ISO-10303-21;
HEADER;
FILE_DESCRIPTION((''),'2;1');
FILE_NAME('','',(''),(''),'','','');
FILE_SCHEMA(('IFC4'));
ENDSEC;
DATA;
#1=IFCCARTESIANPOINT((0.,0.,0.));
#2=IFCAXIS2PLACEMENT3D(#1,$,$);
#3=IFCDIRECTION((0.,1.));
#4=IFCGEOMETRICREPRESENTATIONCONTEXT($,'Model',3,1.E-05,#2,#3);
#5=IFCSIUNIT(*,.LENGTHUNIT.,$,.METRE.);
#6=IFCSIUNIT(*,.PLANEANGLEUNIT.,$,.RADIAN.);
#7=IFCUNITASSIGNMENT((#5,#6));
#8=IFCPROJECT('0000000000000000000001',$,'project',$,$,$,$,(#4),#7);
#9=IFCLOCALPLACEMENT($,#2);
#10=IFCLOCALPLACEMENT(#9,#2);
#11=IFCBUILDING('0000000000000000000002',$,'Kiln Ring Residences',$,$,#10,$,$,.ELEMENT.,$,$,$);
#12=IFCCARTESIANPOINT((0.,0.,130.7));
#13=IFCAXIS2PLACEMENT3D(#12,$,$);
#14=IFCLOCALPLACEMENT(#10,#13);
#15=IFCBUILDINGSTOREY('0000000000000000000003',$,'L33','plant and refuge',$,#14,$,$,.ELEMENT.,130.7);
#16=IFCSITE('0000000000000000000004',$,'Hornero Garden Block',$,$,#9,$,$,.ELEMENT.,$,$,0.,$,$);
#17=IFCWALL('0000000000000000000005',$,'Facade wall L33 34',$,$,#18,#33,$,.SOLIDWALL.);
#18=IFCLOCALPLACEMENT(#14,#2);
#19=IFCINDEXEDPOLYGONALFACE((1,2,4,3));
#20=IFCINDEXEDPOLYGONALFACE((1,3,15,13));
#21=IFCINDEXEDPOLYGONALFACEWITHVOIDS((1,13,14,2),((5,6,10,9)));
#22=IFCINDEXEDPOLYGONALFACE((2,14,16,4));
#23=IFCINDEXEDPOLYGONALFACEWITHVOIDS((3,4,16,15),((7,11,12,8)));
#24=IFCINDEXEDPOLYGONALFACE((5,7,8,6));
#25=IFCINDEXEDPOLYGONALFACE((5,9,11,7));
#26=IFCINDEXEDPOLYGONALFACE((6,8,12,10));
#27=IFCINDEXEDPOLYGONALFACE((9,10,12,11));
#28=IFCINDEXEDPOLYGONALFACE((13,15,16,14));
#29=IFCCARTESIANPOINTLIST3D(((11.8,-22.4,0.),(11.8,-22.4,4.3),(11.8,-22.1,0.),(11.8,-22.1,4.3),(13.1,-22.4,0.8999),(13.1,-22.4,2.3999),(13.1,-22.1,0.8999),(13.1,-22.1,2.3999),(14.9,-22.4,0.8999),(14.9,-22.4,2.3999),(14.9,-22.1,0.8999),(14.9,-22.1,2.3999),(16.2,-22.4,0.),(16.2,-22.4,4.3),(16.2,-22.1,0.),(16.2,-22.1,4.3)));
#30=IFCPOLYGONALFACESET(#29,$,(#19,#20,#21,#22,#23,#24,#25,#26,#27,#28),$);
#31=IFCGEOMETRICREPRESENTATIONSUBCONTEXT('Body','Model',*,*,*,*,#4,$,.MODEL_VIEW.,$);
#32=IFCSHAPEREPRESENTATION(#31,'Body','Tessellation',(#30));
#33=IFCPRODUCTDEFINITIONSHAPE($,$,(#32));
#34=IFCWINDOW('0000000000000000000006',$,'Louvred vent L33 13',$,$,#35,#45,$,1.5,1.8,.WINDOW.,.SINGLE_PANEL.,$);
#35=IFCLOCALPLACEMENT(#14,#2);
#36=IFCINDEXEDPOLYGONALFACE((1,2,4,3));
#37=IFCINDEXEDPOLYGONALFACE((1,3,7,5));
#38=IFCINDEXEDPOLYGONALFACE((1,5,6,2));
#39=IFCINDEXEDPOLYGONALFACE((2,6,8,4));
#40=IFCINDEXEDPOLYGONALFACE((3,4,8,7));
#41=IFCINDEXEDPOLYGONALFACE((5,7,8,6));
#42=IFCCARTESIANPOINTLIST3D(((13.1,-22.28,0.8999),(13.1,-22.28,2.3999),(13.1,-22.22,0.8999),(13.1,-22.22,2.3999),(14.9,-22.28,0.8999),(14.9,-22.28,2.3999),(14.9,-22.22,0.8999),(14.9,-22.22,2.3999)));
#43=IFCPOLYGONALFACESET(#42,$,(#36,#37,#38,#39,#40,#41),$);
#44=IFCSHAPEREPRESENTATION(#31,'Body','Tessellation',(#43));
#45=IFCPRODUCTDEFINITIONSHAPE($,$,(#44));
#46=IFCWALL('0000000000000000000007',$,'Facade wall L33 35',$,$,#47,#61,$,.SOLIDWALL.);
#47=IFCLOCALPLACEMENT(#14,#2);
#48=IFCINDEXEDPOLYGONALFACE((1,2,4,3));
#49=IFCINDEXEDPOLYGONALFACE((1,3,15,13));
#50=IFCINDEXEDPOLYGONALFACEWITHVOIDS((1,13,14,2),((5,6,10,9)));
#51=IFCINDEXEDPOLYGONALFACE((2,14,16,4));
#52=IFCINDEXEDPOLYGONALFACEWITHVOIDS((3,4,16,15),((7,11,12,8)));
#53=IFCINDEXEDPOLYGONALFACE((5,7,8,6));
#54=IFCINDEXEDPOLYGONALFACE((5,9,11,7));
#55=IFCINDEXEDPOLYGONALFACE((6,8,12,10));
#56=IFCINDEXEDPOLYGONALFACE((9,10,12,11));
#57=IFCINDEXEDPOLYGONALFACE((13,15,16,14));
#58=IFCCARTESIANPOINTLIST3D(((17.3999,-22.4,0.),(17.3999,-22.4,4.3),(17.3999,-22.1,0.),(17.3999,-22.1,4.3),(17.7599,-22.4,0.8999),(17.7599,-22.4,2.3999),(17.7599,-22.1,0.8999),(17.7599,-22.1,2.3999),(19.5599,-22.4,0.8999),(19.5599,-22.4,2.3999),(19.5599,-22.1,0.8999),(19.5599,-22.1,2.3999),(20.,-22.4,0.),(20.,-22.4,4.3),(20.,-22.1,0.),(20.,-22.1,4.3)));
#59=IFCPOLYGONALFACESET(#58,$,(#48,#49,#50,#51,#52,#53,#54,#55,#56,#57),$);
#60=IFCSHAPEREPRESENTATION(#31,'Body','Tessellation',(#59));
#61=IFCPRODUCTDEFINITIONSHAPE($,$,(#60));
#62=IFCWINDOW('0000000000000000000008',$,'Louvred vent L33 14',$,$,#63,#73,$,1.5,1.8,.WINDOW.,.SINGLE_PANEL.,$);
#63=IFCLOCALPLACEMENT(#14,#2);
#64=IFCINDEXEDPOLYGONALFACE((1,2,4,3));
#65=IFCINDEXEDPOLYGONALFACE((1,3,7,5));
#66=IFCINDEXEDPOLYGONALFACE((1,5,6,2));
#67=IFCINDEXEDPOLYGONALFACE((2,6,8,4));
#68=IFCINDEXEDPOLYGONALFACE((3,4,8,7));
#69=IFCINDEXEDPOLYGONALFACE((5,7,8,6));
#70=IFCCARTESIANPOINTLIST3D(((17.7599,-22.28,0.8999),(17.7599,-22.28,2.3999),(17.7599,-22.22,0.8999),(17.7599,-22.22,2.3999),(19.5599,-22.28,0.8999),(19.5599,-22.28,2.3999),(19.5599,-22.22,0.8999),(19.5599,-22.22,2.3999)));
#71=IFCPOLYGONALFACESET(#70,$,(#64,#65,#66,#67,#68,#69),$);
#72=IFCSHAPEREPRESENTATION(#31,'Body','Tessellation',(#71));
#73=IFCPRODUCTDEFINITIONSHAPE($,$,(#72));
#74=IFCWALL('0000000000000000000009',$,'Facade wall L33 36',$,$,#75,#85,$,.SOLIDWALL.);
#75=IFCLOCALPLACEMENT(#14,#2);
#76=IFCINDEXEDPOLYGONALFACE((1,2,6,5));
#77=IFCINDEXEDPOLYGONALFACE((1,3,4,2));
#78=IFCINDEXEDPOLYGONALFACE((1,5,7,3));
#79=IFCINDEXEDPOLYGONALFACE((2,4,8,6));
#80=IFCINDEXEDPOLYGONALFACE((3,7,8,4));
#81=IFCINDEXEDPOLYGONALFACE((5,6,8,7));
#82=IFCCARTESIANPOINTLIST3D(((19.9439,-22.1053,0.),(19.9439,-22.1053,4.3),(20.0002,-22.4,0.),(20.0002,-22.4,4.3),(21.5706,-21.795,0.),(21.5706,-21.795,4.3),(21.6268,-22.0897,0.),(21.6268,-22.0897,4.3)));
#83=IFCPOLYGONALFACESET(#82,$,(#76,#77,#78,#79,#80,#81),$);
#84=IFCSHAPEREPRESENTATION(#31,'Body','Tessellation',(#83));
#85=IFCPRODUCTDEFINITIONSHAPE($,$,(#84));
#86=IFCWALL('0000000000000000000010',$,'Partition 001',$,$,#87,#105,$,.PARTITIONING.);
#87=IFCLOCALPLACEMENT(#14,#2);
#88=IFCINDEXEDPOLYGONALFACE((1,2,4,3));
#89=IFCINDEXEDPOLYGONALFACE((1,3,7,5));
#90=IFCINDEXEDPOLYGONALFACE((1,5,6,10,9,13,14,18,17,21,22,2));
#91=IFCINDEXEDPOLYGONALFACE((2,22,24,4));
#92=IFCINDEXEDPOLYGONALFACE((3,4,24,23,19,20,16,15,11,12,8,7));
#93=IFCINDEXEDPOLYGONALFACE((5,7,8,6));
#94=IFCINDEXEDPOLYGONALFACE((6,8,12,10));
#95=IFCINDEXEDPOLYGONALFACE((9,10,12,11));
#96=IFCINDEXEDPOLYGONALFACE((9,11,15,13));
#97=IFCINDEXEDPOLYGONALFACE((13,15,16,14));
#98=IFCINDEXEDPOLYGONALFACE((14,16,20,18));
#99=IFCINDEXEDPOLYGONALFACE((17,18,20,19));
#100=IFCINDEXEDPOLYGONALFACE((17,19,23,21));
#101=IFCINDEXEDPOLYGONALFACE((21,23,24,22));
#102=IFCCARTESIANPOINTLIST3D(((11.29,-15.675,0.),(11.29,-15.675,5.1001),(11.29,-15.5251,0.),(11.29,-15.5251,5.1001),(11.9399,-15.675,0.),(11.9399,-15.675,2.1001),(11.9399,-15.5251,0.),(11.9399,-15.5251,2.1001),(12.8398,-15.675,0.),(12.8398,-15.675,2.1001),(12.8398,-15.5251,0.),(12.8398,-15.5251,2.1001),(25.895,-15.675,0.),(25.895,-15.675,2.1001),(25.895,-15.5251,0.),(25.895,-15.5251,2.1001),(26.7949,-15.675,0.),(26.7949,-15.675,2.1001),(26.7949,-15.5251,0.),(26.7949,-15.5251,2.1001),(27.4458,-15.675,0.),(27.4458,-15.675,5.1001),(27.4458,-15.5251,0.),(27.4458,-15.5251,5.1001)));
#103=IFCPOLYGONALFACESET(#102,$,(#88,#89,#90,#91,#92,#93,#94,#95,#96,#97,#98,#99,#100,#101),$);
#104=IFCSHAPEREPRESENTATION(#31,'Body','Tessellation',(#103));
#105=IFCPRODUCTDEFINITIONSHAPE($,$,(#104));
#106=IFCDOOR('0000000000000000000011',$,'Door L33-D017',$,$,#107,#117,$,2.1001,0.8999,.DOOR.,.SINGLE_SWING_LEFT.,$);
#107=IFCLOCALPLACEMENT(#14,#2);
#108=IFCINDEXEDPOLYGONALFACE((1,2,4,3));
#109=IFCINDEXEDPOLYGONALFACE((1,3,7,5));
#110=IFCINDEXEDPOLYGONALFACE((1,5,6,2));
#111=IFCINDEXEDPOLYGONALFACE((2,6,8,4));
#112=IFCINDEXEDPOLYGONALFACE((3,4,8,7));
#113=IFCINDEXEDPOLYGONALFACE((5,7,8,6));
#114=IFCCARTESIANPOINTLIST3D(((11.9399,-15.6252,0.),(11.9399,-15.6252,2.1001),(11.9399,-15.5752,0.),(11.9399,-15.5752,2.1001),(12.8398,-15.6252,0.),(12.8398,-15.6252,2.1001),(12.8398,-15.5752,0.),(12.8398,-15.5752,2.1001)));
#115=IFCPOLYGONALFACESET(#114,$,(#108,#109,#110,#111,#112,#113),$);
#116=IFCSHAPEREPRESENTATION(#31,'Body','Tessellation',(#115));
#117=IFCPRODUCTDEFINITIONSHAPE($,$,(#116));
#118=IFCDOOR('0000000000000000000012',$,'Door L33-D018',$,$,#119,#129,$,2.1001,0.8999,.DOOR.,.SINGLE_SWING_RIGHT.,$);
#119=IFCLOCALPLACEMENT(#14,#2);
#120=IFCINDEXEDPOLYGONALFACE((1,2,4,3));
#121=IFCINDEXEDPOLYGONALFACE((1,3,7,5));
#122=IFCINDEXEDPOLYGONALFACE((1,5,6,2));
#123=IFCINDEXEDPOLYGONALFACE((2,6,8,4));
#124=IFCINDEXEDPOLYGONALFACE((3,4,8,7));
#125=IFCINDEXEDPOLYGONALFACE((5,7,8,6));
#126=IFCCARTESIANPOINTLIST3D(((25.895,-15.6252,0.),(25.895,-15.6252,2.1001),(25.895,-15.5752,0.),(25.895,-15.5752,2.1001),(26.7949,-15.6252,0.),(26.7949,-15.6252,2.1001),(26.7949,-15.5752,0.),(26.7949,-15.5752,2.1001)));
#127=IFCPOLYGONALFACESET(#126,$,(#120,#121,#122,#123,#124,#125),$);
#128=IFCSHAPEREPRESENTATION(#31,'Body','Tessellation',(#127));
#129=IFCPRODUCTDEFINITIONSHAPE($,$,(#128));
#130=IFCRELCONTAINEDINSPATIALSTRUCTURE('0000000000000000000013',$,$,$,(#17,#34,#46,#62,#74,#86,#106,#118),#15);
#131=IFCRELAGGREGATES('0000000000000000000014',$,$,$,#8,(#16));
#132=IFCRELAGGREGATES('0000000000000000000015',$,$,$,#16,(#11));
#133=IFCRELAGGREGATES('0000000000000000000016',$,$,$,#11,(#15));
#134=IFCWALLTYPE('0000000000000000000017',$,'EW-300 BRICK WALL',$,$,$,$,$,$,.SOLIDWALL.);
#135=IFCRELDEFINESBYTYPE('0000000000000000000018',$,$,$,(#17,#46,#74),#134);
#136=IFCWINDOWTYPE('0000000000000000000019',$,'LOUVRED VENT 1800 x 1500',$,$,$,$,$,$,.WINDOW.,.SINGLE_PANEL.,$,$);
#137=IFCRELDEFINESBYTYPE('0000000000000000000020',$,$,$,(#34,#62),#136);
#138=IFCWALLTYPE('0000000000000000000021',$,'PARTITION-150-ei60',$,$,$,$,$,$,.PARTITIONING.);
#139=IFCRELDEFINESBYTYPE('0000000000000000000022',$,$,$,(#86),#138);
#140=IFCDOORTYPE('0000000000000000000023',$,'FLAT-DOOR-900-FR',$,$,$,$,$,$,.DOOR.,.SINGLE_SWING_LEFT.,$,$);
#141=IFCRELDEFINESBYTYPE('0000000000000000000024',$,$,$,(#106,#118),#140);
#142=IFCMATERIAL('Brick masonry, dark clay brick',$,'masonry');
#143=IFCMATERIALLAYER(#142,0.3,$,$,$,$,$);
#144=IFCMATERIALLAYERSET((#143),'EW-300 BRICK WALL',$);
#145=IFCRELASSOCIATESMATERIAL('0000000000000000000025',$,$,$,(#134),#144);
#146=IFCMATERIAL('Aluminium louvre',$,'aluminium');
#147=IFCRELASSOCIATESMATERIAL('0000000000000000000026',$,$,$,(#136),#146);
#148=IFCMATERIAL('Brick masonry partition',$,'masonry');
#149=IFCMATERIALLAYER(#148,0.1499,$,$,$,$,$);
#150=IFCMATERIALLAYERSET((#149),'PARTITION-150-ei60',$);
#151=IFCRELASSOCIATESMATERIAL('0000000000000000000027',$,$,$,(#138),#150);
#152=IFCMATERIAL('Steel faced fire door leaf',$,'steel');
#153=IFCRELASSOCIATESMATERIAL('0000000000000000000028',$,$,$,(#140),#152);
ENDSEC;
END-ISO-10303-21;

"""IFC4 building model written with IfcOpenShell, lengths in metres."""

from ifc_helpers import new_model, si_unit, direction, frame, frame_2d, origin, place, context, subcontext, project, spatial, rectangle, extrude, material, layer, layer_set, type_object, element, fill, save


model = new_model("IFC4")

# Units and contexts
model_context = context("Model", 3, precision=1e-05, world=origin(), true_north=direction((0.0, 1.0)))
body_context = subcontext(model_context, "Body", "Model", "MODEL_VIEW")
ifc_project = project(units=[si_unit("LENGTHUNIT", "METRE"), si_unit("PLANEANGLEUNIT", "RADIAN")], contexts=[model_context])

# Site, building, storey
site_placement = place(None, origin())
site = spatial("IfcSite", under=ifc_project, at=site_placement, Name="Hornero Garden Block", CompositionType="ELEMENT", RefElevation=0.0)
building_placement = place(site_placement, origin())
building = spatial("IfcBuilding", under=site, at=building_placement, Name="Kiln Ring Residences", CompositionType="ELEMENT")
storey_placement = place(building_placement, frame((0.0, 0.0, 130.7)))
storey = spatial("IfcBuildingStorey", under=building, at=storey_placement, Name="L33", Description="plant and refuge", CompositionType="ELEMENT", Elevation=130.7)

# Walls, openings, windows
ifc_material_1 = material(Name="Brick masonry, dark clay brick", Category="masonry")
ifc_layer_1 = layer(ifc_material_1, 0.3)
ifc_layer_set_1 = layer_set([ifc_layer_1], Name="EW-300 BRICK WALL")
wall_type_1 = type_object("IfcWallType", Name="EW-300 BRICK WALL", PredefinedType="SOLIDWALL", material=ifc_layer_set_1)
ifc_material_2 = material(Name="Aluminium louvre", Category="aluminium")
window_type = type_object("IfcWindowType", Name="LOUVRED VENT 1800 x 1500", PartitioningType="SINGLE_PANEL", PredefinedType="WINDOW", material=ifc_material_2)
wall_1_placement = place(storey_placement, frame((11.8, -22.25, 0.0), z_axis=(0.0, 0.0, 1.0), x_axis=(1.0, 0.0, 0.0)))
wall_1 = element("IfcWall", 1, at=wall_1_placement, inside=storey, type_object=wall_type_1, Name="Facade wall L33 34", PredefinedType="SOLIDWALL", context=body_context, shape_type="SweptSolid", body=[
    extrude(rectangle(XDim=4.3999, YDim=0.3, at=frame_2d((2.2, 0.0))), origin(), (0.0, 0.0, 1.0), 4.3),
])
opening_1_placement = place(wall_1_placement, frame((1.3, 0.0, 0.8999)))
opening_1 = element("IfcOpeningElement", 2, at=opening_1_placement, cuts=wall_1, PredefinedType="OPENING", context=body_context, shape_type="SweptSolid", body=[
    extrude(rectangle(XDim=1.8, YDim=1.5, at=frame_2d((0.8999, 0.75))), frame((0.0, 0.1599, 0.0), z_axis=(0.0, -1.0, 0.0), x_axis=(1.0, 0.0, 0.0)), (0.0, 0.0, 1.0), 0.3201),
])
window_1_placement = place(opening_1_placement, origin())
window_1 = element("IfcWindow", 3, at=window_1_placement, inside=storey, type_object=window_type, Name="Louvred vent L33 13", OverallHeight=1.5, OverallWidth=1.8, PartitioningType="SINGLE_PANEL", PredefinedType="WINDOW", context=body_context, shape_type="SweptSolid", body=[
    extrude(rectangle(XDim=1.8, YDim=1.5, at=frame_2d((0.8999, 0.75))), frame((0.0, 0.03, 0.0), z_axis=(0.0, -1.0, 0.0), x_axis=(1.0, 0.0, 0.0)), (0.0, 0.0, 1.0), 0.0601),
])
fill(opening_1, window_1)
wall_2_placement = place(storey_placement, frame((17.3999, -22.25, 0.0), z_axis=(0.0, 0.0, 1.0), x_axis=(1.0, 0.0, 0.0)))
wall_2 = element("IfcWall", 4, at=wall_2_placement, inside=storey, type_object=wall_type_1, Name="Facade wall L33 35", PredefinedType="SOLIDWALL", context=body_context, shape_type="SweptSolid", body=[
    extrude(rectangle(XDim=2.6001, YDim=0.3, at=frame_2d((1.3, 0.0))), origin(), (0.0, 0.0, 1.0), 4.3),
])
opening_2_placement = place(wall_2_placement, frame((0.3601, 0.0, 0.8999)))
opening_2 = element("IfcOpeningElement", 5, at=opening_2_placement, cuts=wall_2, PredefinedType="OPENING", context=body_context, shape_type="SweptSolid", body=[
    extrude(rectangle(XDim=1.8, YDim=1.5, at=frame_2d((0.8999, 0.75))), frame((0.0, 0.1599, 0.0), z_axis=(0.0, -1.0, 0.0), x_axis=(1.0, 0.0, 0.0)), (0.0, 0.0, 1.0), 0.3201),
])
window_2_placement = place(opening_2_placement, origin())
window_2 = element("IfcWindow", 6, at=window_2_placement, inside=storey, type_object=window_type, Name="Louvred vent L33 14", OverallHeight=1.5, OverallWidth=1.8, PartitioningType="SINGLE_PANEL", PredefinedType="WINDOW", context=body_context, shape_type="SweptSolid", body=[
    extrude(rectangle(XDim=1.8, YDim=1.5, at=frame_2d((0.8999, 0.75))), frame((0.0, 0.03, 0.0), z_axis=(0.0, -1.0, 0.0), x_axis=(1.0, 0.0, 0.0)), (0.0, 0.0, 1.0), 0.0601),
])
fill(opening_2, window_2)

# Wall
wall_3_placement = place(storey_placement, frame((19.9719, -22.2527, 0.0), z_axis=(0.0, 0.0, 1.0), x_axis=(0.982288, 0.187376, 0.0)))
element("IfcWall", 7, at=wall_3_placement, inside=storey, type_object=wall_type_1, Name="Facade wall L33 36", PredefinedType="SOLIDWALL", context=body_context, shape_type="SweptSolid", body=[
    extrude(rectangle(XDim=1.656, YDim=0.3, at=frame_2d((0.8281, 0.0))), origin(), (0.0, 0.0, 1.0), 4.3),
])

# Wall, openings, doors
ifc_material_3 = material(Name="Brick masonry partition", Category="masonry")
ifc_layer_2 = layer(ifc_material_3, 0.1499)
ifc_layer_set_2 = layer_set([ifc_layer_2], Name="PARTITION-150-ei60")
wall_type_2 = type_object("IfcWallType", Name="PARTITION-150-ei60", PredefinedType="PARTITIONING", material=ifc_layer_set_2)
wall_4_placement = place(storey_placement, frame((11.29, -15.6001, 0.0), z_axis=(0.0, 0.0, 1.0), x_axis=(1.0, 0.0, 0.0)))
wall_4 = element("IfcWall", 8, at=wall_4_placement, inside=storey, type_object=wall_type_2, Name="Partition 001", PredefinedType="PARTITIONING", context=body_context, shape_type="SweptSolid", body=[
    extrude(rectangle(XDim=16.1558, YDim=0.1499, at=frame_2d((8.0779, 0.0))), origin(), (0.0, 0.0, 1.0), 5.1001),
])
opening_3_placement = place(wall_4_placement, frame((0.6499, 0.0, 0.0)))
opening_3 = element("IfcOpeningElement", 9, at=opening_3_placement, cuts=wall_4, PredefinedType="OPENING", context=body_context, shape_type="SweptSolid", body=[
    extrude(rectangle(XDim=0.8999, YDim=2.1001, at=frame_2d((0.45, 1.05))), frame((0.0, 0.085, 0.0), z_axis=(0.0, -1.0, 0.0), x_axis=(1.0, 0.0, 0.0)), (0.0, 0.0, 1.0), 0.1699),
])
opening_4_placement = place(wall_4_placement, frame((14.605, 0.0, 0.0)))
opening_4 = element("IfcOpeningElement", 10, at=opening_4_placement, cuts=wall_4, PredefinedType="OPENING", context=body_context, shape_type="SweptSolid", body=[
    extrude(rectangle(XDim=0.8999, YDim=2.1001, at=frame_2d((0.45, 1.05))), frame((0.0, 0.085, 0.0), z_axis=(0.0, -1.0, 0.0), x_axis=(1.0, 0.0, 0.0)), (0.0, 0.0, 1.0), 0.1699),
])
ifc_material_4 = material(Name="Steel faced fire door leaf", Category="steel")
door_type_1 = type_object("IfcDoorType", Name="FLAT-DOOR-900-FR", OperationType="SINGLE_SWING_LEFT", PredefinedType="DOOR", material=ifc_material_4)
door_1_placement = place(opening_3_placement, origin())
door_1 = element("IfcDoor", 11, at=door_1_placement, inside=storey, type_object=door_type_1, Name="Door L33-D017", OperationType="SINGLE_SWING_LEFT", OverallHeight=2.1001, OverallWidth=0.8999, PredefinedType="DOOR", context=body_context, shape_type="SweptSolid", body=[
    extrude(rectangle(XDim=0.8999, YDim=2.1001, at=frame_2d((0.45, 1.05))), frame((0.0, 0.0249, 0.0), z_axis=(0.0, -1.0, 0.0), x_axis=(1.0, 0.0, 0.0)), (0.0, 0.0, 1.0), 0.05),
])
fill(opening_3, door_1)
door_2_placement = place(opening_4_placement, origin())
door_2 = element("IfcDoor", 12, at=door_2_placement, inside=storey, type_object=door_type_1, Name="Door L33-D018", OperationType="SINGLE_SWING_RIGHT", OverallHeight=2.1001, OverallWidth=0.8999, PredefinedType="DOOR", context=body_context, shape_type="SweptSolid", body=[
    extrude(rectangle(XDim=0.8999, YDim=2.1001, at=frame_2d((0.45, 1.05))), frame((0.0, 0.0249, 0.0), z_axis=(0.0, -1.0, 0.0), x_axis=(1.0, 0.0, 0.0)), (0.0, 0.0, 1.0), 0.05),
])
fill(opening_4, door_2)

save(model, "model.ifc")
